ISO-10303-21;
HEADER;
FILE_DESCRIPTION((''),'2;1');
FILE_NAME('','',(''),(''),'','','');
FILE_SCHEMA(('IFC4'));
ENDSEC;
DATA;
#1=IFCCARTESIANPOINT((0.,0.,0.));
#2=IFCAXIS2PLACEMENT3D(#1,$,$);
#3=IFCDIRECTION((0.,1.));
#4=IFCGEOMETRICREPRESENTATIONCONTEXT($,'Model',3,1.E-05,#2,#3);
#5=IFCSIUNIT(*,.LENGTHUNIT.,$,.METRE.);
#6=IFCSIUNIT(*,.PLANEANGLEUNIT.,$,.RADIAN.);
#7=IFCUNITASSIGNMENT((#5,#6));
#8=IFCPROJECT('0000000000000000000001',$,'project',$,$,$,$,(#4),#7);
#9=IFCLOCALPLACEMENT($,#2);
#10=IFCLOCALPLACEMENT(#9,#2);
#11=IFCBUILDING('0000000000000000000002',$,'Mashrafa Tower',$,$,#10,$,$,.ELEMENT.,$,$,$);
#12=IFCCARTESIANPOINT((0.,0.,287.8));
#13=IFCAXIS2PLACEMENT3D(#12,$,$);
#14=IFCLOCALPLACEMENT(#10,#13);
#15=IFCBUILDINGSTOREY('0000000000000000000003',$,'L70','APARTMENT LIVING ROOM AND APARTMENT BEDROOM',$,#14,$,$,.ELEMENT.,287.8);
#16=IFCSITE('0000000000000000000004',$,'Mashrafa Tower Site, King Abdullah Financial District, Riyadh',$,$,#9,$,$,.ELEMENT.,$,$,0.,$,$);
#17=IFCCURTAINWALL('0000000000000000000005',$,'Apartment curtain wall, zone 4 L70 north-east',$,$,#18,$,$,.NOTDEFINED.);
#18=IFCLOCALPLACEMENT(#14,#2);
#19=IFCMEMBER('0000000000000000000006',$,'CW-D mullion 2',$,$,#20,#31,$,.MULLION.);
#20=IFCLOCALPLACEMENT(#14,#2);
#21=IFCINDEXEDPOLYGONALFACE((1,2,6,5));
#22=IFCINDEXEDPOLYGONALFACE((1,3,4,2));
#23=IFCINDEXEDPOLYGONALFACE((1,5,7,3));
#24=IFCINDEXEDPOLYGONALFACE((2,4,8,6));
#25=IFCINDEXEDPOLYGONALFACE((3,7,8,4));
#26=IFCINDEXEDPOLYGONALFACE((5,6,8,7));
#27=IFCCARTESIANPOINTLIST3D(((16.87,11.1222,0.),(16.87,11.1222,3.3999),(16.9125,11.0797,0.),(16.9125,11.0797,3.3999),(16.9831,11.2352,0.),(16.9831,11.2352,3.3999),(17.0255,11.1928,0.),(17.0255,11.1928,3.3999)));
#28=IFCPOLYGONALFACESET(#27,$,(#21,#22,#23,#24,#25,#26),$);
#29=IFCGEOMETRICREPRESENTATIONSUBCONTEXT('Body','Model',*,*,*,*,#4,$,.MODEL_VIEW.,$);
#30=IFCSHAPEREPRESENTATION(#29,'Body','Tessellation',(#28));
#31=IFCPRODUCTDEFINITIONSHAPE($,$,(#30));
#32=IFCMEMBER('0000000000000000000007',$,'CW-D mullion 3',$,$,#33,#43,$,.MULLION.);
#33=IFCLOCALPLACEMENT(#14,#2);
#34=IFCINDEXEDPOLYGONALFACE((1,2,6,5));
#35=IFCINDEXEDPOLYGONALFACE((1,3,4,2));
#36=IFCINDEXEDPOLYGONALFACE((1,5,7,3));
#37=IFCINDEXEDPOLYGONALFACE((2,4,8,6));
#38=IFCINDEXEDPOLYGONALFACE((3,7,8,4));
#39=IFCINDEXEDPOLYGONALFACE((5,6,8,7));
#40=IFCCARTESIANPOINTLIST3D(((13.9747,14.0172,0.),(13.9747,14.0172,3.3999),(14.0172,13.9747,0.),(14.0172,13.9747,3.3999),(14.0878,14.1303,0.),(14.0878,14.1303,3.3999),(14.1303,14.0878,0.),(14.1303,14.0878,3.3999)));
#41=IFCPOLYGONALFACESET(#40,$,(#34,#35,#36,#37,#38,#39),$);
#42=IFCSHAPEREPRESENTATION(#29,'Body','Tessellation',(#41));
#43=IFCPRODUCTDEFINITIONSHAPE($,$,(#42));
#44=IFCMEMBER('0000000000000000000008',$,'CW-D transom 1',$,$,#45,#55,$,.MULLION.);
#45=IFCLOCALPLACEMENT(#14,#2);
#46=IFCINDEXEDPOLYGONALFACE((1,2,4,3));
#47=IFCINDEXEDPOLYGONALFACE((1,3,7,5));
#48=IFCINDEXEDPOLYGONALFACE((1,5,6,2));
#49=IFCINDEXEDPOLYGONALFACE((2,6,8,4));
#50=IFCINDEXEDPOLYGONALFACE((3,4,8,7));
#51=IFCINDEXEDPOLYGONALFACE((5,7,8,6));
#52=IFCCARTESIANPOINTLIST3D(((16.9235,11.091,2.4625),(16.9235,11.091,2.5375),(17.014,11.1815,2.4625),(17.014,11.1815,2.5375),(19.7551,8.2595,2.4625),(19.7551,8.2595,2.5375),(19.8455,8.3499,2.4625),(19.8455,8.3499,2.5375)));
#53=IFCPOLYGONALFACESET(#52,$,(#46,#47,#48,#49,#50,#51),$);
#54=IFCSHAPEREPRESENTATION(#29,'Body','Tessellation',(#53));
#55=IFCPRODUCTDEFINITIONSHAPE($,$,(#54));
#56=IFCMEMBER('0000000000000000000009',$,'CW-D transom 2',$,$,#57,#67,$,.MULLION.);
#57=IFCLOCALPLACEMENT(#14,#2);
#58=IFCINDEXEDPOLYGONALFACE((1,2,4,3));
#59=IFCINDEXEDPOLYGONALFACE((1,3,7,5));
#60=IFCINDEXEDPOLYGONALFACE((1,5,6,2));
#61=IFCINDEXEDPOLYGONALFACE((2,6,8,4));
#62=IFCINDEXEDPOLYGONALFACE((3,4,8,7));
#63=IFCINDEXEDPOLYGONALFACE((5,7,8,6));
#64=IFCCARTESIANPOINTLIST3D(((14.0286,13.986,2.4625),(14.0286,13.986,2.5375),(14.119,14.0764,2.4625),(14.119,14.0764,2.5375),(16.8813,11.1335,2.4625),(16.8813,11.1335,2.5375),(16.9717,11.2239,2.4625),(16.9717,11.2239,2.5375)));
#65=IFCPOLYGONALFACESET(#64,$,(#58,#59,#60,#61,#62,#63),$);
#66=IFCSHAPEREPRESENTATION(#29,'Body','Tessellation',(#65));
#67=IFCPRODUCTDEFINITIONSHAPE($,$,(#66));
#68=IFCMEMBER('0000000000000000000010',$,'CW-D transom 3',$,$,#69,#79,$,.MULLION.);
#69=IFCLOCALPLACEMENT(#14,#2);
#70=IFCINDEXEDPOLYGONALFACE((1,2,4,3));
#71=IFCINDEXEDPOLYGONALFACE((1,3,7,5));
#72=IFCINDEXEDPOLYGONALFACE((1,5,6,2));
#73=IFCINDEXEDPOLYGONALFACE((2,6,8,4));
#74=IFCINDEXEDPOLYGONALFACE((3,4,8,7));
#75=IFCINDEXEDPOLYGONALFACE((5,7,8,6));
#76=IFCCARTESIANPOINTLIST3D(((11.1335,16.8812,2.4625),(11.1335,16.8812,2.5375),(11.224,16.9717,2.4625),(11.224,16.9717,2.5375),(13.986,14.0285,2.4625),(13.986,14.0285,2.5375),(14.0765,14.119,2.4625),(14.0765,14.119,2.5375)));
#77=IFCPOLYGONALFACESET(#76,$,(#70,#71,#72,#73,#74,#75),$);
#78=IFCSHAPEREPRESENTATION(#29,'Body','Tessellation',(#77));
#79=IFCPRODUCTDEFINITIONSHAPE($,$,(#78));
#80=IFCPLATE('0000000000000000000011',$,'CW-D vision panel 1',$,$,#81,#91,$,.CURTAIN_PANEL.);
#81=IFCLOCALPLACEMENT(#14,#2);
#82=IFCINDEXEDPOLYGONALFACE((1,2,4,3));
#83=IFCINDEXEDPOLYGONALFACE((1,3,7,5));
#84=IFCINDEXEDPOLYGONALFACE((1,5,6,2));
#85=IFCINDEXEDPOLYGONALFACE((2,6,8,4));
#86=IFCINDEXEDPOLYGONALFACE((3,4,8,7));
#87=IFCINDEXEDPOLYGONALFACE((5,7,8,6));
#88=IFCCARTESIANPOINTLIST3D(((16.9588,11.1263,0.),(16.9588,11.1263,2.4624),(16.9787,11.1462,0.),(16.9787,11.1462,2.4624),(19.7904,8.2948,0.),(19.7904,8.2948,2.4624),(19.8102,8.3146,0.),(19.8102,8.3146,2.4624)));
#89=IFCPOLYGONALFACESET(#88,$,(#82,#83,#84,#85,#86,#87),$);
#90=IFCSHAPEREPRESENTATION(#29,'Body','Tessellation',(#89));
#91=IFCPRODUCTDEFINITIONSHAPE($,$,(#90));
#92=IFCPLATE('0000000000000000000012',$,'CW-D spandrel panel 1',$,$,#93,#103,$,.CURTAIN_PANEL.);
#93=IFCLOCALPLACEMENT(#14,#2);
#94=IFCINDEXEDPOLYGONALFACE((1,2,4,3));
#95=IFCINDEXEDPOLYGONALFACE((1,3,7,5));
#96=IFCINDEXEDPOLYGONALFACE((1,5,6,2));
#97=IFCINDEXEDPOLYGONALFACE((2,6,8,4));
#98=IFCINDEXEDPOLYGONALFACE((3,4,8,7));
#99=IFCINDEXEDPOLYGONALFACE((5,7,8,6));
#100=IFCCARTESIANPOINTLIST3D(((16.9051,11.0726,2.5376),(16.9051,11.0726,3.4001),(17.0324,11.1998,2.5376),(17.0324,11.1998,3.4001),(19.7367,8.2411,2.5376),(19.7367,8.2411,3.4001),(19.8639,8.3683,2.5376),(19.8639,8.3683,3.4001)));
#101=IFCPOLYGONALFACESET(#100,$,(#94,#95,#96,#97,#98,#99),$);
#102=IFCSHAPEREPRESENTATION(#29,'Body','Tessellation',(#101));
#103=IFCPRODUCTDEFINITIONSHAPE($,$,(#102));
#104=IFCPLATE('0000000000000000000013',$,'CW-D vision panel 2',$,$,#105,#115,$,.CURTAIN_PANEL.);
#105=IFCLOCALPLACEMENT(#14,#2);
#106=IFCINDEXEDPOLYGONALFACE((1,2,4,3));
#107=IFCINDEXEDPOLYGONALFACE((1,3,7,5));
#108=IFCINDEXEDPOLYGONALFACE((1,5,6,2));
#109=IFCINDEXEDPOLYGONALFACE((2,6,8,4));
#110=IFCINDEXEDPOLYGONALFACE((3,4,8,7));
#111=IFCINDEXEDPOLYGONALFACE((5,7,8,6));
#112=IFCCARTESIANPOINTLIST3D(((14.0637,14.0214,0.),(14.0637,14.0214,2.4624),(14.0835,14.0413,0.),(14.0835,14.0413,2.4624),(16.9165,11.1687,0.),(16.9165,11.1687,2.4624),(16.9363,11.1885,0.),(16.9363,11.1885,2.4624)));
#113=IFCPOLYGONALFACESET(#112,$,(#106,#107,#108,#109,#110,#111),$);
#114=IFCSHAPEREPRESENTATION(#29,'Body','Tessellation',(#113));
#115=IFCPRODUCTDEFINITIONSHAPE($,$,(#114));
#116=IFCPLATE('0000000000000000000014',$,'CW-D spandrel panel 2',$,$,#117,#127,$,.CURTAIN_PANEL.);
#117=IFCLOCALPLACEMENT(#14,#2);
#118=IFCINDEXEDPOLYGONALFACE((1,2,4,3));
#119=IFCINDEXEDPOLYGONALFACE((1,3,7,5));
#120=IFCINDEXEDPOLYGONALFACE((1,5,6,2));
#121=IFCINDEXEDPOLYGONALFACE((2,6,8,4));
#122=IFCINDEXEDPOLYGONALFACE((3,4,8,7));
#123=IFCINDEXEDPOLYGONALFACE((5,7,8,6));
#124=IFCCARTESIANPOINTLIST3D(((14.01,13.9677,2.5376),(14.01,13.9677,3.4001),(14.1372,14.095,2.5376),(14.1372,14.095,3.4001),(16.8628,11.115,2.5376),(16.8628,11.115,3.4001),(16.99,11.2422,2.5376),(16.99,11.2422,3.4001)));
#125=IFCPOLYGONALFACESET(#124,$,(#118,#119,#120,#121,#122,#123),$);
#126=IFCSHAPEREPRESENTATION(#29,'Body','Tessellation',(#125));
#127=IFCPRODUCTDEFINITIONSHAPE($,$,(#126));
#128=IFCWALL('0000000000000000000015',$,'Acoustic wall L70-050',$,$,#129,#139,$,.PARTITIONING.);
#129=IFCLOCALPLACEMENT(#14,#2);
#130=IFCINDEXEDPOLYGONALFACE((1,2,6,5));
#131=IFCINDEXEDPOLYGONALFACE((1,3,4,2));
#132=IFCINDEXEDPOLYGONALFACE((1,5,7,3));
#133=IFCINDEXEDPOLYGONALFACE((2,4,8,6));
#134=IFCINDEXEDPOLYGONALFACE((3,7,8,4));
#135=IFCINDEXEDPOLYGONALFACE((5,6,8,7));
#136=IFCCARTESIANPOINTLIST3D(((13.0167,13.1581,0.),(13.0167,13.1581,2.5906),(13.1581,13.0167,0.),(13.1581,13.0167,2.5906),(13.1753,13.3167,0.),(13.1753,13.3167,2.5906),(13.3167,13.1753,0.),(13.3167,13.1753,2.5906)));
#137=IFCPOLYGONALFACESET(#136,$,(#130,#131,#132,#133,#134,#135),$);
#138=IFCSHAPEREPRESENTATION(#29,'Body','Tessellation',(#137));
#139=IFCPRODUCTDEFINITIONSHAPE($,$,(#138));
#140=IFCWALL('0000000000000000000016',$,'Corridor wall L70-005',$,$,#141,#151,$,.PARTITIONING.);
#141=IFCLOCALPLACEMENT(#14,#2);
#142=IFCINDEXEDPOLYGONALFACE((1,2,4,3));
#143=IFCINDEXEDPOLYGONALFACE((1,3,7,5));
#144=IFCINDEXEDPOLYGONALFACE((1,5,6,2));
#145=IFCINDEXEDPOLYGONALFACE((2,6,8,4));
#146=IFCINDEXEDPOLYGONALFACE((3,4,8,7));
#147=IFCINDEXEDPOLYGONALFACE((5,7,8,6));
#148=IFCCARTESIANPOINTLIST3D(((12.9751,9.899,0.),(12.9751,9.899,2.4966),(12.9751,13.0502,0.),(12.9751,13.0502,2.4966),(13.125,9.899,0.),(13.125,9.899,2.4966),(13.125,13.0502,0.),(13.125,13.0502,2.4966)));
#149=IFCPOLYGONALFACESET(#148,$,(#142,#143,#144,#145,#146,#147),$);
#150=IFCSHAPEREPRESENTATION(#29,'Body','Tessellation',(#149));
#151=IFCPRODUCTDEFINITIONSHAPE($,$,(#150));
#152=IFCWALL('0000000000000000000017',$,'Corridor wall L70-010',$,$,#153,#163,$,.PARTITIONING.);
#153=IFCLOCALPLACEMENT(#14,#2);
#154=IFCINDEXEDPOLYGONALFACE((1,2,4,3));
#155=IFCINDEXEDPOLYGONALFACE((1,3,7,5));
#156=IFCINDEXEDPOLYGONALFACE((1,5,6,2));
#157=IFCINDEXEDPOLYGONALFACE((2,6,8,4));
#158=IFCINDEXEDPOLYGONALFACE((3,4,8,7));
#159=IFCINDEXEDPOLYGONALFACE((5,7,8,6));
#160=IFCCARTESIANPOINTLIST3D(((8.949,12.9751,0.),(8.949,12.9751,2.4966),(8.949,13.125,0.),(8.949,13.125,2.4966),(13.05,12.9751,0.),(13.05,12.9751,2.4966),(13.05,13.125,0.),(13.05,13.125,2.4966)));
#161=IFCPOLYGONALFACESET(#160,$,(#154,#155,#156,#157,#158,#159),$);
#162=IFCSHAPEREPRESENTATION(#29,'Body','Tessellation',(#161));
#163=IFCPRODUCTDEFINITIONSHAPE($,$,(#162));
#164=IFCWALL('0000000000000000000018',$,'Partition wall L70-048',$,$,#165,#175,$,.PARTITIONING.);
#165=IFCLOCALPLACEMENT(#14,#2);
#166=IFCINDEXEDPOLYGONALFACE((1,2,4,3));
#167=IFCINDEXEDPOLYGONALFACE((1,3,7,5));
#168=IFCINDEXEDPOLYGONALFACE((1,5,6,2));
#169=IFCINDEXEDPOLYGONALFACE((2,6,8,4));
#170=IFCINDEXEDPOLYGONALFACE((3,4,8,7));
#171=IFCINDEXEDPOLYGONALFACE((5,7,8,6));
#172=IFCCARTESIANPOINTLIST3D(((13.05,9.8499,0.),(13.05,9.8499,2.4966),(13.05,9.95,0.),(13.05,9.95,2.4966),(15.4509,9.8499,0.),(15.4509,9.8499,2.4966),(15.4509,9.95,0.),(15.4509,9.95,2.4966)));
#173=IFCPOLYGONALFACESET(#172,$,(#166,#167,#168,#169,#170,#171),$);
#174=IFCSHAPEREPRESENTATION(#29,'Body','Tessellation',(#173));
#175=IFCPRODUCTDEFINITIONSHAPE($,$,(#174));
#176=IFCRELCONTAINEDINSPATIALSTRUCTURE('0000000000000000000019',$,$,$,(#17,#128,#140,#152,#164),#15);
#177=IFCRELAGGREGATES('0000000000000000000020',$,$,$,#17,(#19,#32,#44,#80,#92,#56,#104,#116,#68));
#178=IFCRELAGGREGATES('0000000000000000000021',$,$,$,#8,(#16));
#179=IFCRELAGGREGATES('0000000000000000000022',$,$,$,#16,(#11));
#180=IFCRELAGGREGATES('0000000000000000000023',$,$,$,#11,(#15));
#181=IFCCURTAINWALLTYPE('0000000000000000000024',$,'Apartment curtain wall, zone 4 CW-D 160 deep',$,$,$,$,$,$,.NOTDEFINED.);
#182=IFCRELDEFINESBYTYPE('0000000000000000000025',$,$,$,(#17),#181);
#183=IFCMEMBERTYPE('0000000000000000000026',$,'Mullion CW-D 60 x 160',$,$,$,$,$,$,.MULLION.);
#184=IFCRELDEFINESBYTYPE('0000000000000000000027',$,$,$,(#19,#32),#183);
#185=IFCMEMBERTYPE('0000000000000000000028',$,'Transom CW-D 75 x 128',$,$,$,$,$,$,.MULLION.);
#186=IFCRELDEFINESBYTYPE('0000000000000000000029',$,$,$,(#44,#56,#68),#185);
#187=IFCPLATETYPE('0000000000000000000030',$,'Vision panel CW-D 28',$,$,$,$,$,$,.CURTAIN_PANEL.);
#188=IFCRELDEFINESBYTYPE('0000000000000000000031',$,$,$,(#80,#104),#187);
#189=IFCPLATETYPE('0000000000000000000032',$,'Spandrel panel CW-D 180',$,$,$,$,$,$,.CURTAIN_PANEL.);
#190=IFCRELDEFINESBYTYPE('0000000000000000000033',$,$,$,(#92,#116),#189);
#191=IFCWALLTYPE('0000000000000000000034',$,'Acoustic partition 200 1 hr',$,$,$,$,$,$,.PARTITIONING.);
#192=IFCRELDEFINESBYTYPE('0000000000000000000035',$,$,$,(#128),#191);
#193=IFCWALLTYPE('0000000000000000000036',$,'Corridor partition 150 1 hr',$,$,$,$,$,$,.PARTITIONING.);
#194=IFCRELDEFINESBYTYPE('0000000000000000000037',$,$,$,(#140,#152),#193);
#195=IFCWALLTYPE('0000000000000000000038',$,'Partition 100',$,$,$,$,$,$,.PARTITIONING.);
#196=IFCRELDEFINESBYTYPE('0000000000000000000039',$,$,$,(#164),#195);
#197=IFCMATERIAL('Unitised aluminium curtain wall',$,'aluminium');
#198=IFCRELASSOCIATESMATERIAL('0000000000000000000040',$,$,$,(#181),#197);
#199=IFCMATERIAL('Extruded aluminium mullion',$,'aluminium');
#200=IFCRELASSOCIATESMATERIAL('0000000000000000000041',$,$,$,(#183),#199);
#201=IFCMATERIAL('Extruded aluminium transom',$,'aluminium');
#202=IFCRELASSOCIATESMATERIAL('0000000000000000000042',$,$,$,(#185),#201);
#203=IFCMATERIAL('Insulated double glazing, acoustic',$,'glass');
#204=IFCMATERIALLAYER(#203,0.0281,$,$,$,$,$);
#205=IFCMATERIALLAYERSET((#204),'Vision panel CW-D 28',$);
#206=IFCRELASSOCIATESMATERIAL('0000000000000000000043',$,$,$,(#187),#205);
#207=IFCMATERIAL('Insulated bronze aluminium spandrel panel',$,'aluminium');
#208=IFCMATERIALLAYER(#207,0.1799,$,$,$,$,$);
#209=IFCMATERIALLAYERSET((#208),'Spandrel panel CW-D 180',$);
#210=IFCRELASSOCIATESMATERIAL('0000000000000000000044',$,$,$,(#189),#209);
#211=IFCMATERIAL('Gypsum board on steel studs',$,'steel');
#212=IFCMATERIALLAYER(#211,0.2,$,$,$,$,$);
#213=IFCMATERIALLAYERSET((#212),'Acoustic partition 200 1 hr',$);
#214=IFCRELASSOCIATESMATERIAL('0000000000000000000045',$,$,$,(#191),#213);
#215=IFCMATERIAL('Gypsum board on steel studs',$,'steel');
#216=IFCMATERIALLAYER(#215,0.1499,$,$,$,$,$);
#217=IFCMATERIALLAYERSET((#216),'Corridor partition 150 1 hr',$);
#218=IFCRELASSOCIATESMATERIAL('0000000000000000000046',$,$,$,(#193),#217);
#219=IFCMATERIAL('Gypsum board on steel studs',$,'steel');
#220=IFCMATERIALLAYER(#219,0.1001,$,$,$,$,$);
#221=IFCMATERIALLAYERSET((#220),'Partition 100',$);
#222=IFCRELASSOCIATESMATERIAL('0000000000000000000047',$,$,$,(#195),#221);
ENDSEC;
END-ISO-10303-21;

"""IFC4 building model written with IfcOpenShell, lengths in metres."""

from ifc_helpers import new_model, si_unit, direction, frame, frame_2d, origin, origin_2d, place, context, subcontext, project, spatial, rectangle, extrude, source, transform, mapped, material, layer, layer_set, material_profile, profile_set, type_object, type_shapes, element, aggregate, save


model = new_model("IFC4")

# Units and contexts
model_context = context("Model", 3, precision=1e-05, world=origin(), true_north=direction((0.0, 1.0)))
body_context = subcontext(model_context, "Body", "Model", "MODEL_VIEW")
ifc_project = project(units=[si_unit("LENGTHUNIT", "METRE"), si_unit("PLANEANGLEUNIT", "RADIAN")], contexts=[model_context])

# Site, building, storey
site_placement = place(None, origin())
site = spatial("IfcSite", under=ifc_project, at=site_placement, Name="Mashrafa Tower Site, King Abdullah Financial District, Riyadh", CompositionType="ELEMENT", RefElevation=0.0)
building_placement = place(site_placement, origin())
building = spatial("IfcBuilding", under=site, at=building_placement, Name="Mashrafa Tower", CompositionType="ELEMENT")
storey_placement = place(building_placement, frame((0.0, 0.0, 287.8)))
storey = spatial("IfcBuildingStorey", under=building, at=storey_placement, Name="L70", Description="APARTMENT LIVING ROOM AND APARTMENT BEDROOM", CompositionType="ELEMENT", Elevation=287.8)

# Shared definitions
ifc_material_1 = material(Name="Unitised aluminium curtain wall", Category="aluminium")
curtain_wall_type = type_object("IfcCurtainWallType", Name="Apartment curtain wall, zone 4 CW-D 160 deep", PredefinedType="NOTDEFINED", material=ifc_material_1)
ifc_material_2 = material(Name="Extruded aluminium mullion", Category="aluminium")
ifc_material_profile_1 = material_profile(ifc_material_2, rectangle(XDim=0.1599, YDim=0.0601, at=origin_2d()), Name="Mullion 60x160")
ifc_profile_set_1 = profile_set([ifc_material_profile_1], Name="Extruded aluminium mullion")
member_type_1 = type_object("IfcMemberType", Name="Mullion CW-D 60 x 160", PredefinedType="MULLION", material=ifc_profile_set_1)
shared_shape_1 = source(origin(), body_context, "Body", "SweptSolid", [
    extrude(rectangle(XDim=0.1599, YDim=0.0601, at=origin_2d()), origin(), (0.0, 0.0, 1.0), 3.3999),
])
type_shapes(member_type_1, [shared_shape_1])

# Curtain wall, members, plates
curtain_wall_1_placement = place(storey_placement, origin())
curtain_wall_1 = element("IfcCurtainWall", 1, at=curtain_wall_1_placement, inside=storey, type_object=curtain_wall_type, Name="Apartment curtain wall, zone 4 L70 north-east", PredefinedType="NOTDEFINED")
member_1_placement = place(storey_placement, frame((16.9478, 11.1575, 0.0), z_axis=(0.0, 0.0, 1.0), x_axis=(-0.707107, -0.707107, 0.0)))
member_1 = element("IfcMember", 2, at=member_1_placement, type_object=member_type_1, Name="CW-D mullion 2", PredefinedType="MULLION", context=body_context, shape_type="MappedRepresentation", body=[
    mapped(shared_shape_1, transform((0.0, 0.0, 0.0))),
])
member_2_placement = place(storey_placement, frame((14.0525, 14.0525, 0.0), z_axis=(0.0, 0.0, 1.0), x_axis=(-0.707107, -0.707107, 0.0)))
member_2 = element("IfcMember", 3, at=member_2_placement, type_object=member_type_1, Name="CW-D mullion 3", PredefinedType="MULLION", context=body_context, shape_type="MappedRepresentation", body=[
    mapped(shared_shape_1, transform((0.0, 0.0, 0.0))),
])
ifc_material_3 = material(Name="Extruded aluminium transom", Category="aluminium")
ifc_material_profile_2 = material_profile(ifc_material_3, rectangle(XDim=0.1279, YDim=0.075, at=origin_2d()), Name="Transom 75x128")
ifc_profile_set_2 = profile_set([ifc_material_profile_2], Name="Extruded aluminium transom")
member_type_2 = type_object("IfcMemberType", Name="Transom CW-D 75 x 128", PredefinedType="MULLION", material=ifc_profile_set_2)
shared_shape_2 = source(origin(), body_context, "Body", "SweptSolid", [
    extrude(rectangle(XDim=0.1279, YDim=0.075, at=origin_2d()), origin(), (0.0, 0.0, 1.0), 4.0044),
])
member_3_placement = place(storey_placement, frame((19.8003, 8.3047, 2.5), z_axis=(-0.707107, 0.707107, 0.0), x_axis=(-0.707107, -0.707107, 0.0)))
member_3 = element("IfcMember", 4, at=member_3_placement, type_object=member_type_2, Name="CW-D transom 1", PredefinedType="MULLION", context=body_context, shape_type="MappedRepresentation", body=[
    mapped(shared_shape_2, transform((0.0, 0.0, 0.0))),
])
shared_shape_3 = source(origin(), body_context, "Body", "SweptSolid", [
    extrude(rectangle(XDim=0.1279, YDim=0.075, at=origin_2d()), origin(), (0.0, 0.0, 1.0), 4.0342),
])
type_shapes(member_type_2, [shared_shape_2, shared_shape_3])
member_4_placement = place(storey_placement, frame((16.9265, 11.1787, 2.5), z_axis=(-0.707137, 0.707077, 0.0), x_axis=(-0.707077, -0.707137, 0.0)))
member_4 = element("IfcMember", 5, at=member_4_placement, type_object=member_type_2, Name="CW-D transom 2", PredefinedType="MULLION", context=body_context, shape_type="MappedRepresentation", body=[
    mapped(shared_shape_3, transform((0.0, 0.0, 0.0))),
])
member_5_placement = place(storey_placement, frame((14.0312, 14.0737, 2.5), z_axis=(-0.707077, 0.707137, 0.0), x_axis=(-0.707137, -0.707077, 0.0)))
member_5 = element("IfcMember", 6, at=member_5_placement, type_object=member_type_2, Name="CW-D transom 3", PredefinedType="MULLION", context=body_context, shape_type="MappedRepresentation", body=[
    mapped(shared_shape_3, transform((0.0, 0.0, 0.0))),
])
ifc_material_4 = material(Name="Insulated double glazing, acoustic", Category="glass")
ifc_layer_1 = layer(ifc_material_4, 0.0281)
ifc_layer_set_1 = layer_set([ifc_layer_1], Name="Vision panel CW-D 28")
plate_type_1 = type_object("IfcPlateType", Name="Vision panel CW-D 28", PredefinedType="CURTAIN_PANEL", material=ifc_layer_set_1)
shared_shape_4 = source(origin(), body_context, "Body", "SweptSolid", [
    extrude(rectangle(XDim=4.0044, YDim=0.0281, at=origin_2d()), origin(), (0.0, 0.0, 1.0), 2.4624),
])
plate_1_placement = place(storey_placement, frame((18.3845, 9.7205, 0.0), z_axis=(0.0, 0.0, 1.0), x_axis=(-0.707107, 0.707107, 0.0)))
plate_1 = element("IfcPlate", 7, at=plate_1_placement, type_object=plate_type_1, Name="CW-D vision panel 1", PredefinedType="CURTAIN_PANEL", context=body_context, shape_type="MappedRepresentation", body=[
    mapped(shared_shape_4, transform((0.0, 0.0, 0.0))),
])
ifc_material_5 = material(Name="Insulated bronze aluminium spandrel panel", Category="aluminium")
ifc_layer_2 = layer(ifc_material_5, 0.1799)
ifc_layer_set_2 = layer_set([ifc_layer_2], Name="Spandrel panel CW-D 180")
plate_type_2 = type_object("IfcPlateType", Name="Spandrel panel CW-D 180", PredefinedType="CURTAIN_PANEL", material=ifc_layer_set_2)
shared_shape_5 = source(origin(), body_context, "Body", "SweptSolid", [
    extrude(rectangle(XDim=4.0044, YDim=0.1799, at=origin_2d()), origin(), (0.0, 0.0, 1.0), 0.8625),
])
plate_2_placement = place(storey_placement, frame((18.3845, 9.7205, 2.5376), z_axis=(0.0, 0.0, 1.0), x_axis=(-0.707107, 0.707107, 0.0)))
plate_2 = element("IfcPlate", 8, at=plate_2_placement, type_object=plate_type_2, Name="CW-D spandrel panel 1", PredefinedType="CURTAIN_PANEL", context=body_context, shape_type="MappedRepresentation", body=[
    mapped(shared_shape_5, transform((0.0, 0.0, 0.0))),
])
shared_shape_6 = source(origin(), body_context, "Body", "SweptSolid", [
    extrude(rectangle(XDim=4.0344, YDim=0.0281, at=origin_2d()), origin(), (0.0, 0.0, 1.0), 2.4624),
])
type_shapes(plate_type_1, [shared_shape_4, shared_shape_6])
plate_3_placement = place(storey_placement, frame((15.5, 12.605, 0.0), z_axis=(0.0, 0.0, 1.0), x_axis=(-0.707107, 0.707107, 0.0)))
plate_3 = element("IfcPlate", 9, at=plate_3_placement, type_object=plate_type_1, Name="CW-D vision panel 2", PredefinedType="CURTAIN_PANEL", context=body_context, shape_type="MappedRepresentation", body=[
    mapped(shared_shape_6, transform((0.0, 0.0, 0.0))),
])
shared_shape_7 = source(origin(), body_context, "Body", "SweptSolid", [
    extrude(rectangle(XDim=4.0344, YDim=0.1799, at=origin_2d()), origin(), (0.0, 0.0, 1.0), 0.8625),
])
type_shapes(plate_type_2, [shared_shape_5, shared_shape_7])
plate_4_placement = place(storey_placement, frame((15.5, 12.605, 2.5376), z_axis=(0.0, 0.0, 1.0), x_axis=(-0.707107, 0.707107, 0.0)))
plate_4 = element("IfcPlate", 10, at=plate_4_placement, type_object=plate_type_2, Name="CW-D spandrel panel 2", PredefinedType="CURTAIN_PANEL", context=body_context, shape_type="MappedRepresentation", body=[
    mapped(shared_shape_7, transform((0.0, 0.0, 0.0))),
])
aggregate(curtain_wall_1, [member_1, member_2, member_3, plate_1, plate_2, member_4, plate_3, plate_4, member_5])

# Walls
ifc_material_6 = material(Name="Gypsum board on steel studs", Category="steel")
ifc_layer_3 = layer(ifc_material_6, 0.2)
ifc_layer_set_3 = layer_set([ifc_layer_3], Name="Acoustic partition 200 1 hr")
wall_type_1 = type_object("IfcWallType", Name="Acoustic partition 200 1 hr", PredefinedType="PARTITIONING", material=ifc_layer_set_3)
wall_1_placement = place(storey_placement, frame((13.2461, 13.2461, 0.0), z_axis=(0.0, 0.0, 1.0), x_axis=(-0.707107, -0.707107, 0.0)))
element("IfcWall", 11, at=wall_1_placement, inside=storey, type_object=wall_type_1, Name="Acoustic wall L70-050", PredefinedType="PARTITIONING", context=body_context, shape_type="SweptSolid", body=[
    extrude(rectangle(XDim=0.2244, YDim=0.2, at=frame_2d((0.1123, 0.0))), origin(), (0.0, 0.0, 1.0), 2.5906),
])
ifc_material_7 = material(Name="Gypsum board on steel studs", Category="steel")
ifc_layer_4 = layer(ifc_material_7, 0.1499)
ifc_layer_set_4 = layer_set([ifc_layer_4], Name="Corridor partition 150 1 hr")
wall_type_2 = type_object("IfcWallType", Name="Corridor partition 150 1 hr", PredefinedType="PARTITIONING", material=ifc_layer_set_4)
wall_2_placement = place(storey_placement, frame((13.05, 9.8989, 0.0), z_axis=(0.0, 0.0, 1.0), x_axis=(0.0, 1.0, 0.0)))
element("IfcWall", 12, at=wall_2_placement, inside=storey, type_object=wall_type_2, Name="Corridor wall L70-005", PredefinedType="PARTITIONING", context=body_context, shape_type="SweptSolid", body=[
    extrude(rectangle(XDim=3.1511, YDim=0.1499, at=frame_2d((1.5757, 0.0))), origin(), (0.0, 0.0, 1.0), 2.4966),
])
wall_3_placement = place(storey_placement, frame((13.05, 13.05, 0.0), z_axis=(0.0, 0.0, 1.0), x_axis=(-1.0, 0.0, 0.0)))
element("IfcWall", 13, at=wall_3_placement, inside=storey, type_object=wall_type_2, Name="Corridor wall L70-010", PredefinedType="PARTITIONING", context=body_context, shape_type="SweptSolid", body=[
    extrude(rectangle(XDim=4.1011, YDim=0.1499, at=frame_2d((2.0505, 0.0))), origin(), (0.0, 0.0, 1.0), 2.4966),
])
ifc_material_8 = material(Name="Gypsum board on steel studs", Category="steel")
ifc_layer_5 = layer(ifc_material_8, 0.1001)
ifc_layer_set_5 = layer_set([ifc_layer_5], Name="Partition 100")
wall_type_3 = type_object("IfcWallType", Name="Partition 100", PredefinedType="PARTITIONING", material=ifc_layer_set_5)
wall_4_placement = place(storey_placement, frame((13.05, 9.8999, 0.0), z_axis=(0.0, 0.0, 1.0), x_axis=(1.0, 0.0, 0.0)))
element("IfcWall", 14, at=wall_4_placement, inside=storey, type_object=wall_type_3, Name="Partition wall L70-048", PredefinedType="PARTITIONING", context=body_context, shape_type="SweptSolid", body=[
    extrude(rectangle(XDim=2.4009, YDim=0.1001, at=frame_2d((1.2004, 0.0))), origin(), (0.0, 0.0, 1.0), 2.4966),
])

save(model, "model.ifc")
